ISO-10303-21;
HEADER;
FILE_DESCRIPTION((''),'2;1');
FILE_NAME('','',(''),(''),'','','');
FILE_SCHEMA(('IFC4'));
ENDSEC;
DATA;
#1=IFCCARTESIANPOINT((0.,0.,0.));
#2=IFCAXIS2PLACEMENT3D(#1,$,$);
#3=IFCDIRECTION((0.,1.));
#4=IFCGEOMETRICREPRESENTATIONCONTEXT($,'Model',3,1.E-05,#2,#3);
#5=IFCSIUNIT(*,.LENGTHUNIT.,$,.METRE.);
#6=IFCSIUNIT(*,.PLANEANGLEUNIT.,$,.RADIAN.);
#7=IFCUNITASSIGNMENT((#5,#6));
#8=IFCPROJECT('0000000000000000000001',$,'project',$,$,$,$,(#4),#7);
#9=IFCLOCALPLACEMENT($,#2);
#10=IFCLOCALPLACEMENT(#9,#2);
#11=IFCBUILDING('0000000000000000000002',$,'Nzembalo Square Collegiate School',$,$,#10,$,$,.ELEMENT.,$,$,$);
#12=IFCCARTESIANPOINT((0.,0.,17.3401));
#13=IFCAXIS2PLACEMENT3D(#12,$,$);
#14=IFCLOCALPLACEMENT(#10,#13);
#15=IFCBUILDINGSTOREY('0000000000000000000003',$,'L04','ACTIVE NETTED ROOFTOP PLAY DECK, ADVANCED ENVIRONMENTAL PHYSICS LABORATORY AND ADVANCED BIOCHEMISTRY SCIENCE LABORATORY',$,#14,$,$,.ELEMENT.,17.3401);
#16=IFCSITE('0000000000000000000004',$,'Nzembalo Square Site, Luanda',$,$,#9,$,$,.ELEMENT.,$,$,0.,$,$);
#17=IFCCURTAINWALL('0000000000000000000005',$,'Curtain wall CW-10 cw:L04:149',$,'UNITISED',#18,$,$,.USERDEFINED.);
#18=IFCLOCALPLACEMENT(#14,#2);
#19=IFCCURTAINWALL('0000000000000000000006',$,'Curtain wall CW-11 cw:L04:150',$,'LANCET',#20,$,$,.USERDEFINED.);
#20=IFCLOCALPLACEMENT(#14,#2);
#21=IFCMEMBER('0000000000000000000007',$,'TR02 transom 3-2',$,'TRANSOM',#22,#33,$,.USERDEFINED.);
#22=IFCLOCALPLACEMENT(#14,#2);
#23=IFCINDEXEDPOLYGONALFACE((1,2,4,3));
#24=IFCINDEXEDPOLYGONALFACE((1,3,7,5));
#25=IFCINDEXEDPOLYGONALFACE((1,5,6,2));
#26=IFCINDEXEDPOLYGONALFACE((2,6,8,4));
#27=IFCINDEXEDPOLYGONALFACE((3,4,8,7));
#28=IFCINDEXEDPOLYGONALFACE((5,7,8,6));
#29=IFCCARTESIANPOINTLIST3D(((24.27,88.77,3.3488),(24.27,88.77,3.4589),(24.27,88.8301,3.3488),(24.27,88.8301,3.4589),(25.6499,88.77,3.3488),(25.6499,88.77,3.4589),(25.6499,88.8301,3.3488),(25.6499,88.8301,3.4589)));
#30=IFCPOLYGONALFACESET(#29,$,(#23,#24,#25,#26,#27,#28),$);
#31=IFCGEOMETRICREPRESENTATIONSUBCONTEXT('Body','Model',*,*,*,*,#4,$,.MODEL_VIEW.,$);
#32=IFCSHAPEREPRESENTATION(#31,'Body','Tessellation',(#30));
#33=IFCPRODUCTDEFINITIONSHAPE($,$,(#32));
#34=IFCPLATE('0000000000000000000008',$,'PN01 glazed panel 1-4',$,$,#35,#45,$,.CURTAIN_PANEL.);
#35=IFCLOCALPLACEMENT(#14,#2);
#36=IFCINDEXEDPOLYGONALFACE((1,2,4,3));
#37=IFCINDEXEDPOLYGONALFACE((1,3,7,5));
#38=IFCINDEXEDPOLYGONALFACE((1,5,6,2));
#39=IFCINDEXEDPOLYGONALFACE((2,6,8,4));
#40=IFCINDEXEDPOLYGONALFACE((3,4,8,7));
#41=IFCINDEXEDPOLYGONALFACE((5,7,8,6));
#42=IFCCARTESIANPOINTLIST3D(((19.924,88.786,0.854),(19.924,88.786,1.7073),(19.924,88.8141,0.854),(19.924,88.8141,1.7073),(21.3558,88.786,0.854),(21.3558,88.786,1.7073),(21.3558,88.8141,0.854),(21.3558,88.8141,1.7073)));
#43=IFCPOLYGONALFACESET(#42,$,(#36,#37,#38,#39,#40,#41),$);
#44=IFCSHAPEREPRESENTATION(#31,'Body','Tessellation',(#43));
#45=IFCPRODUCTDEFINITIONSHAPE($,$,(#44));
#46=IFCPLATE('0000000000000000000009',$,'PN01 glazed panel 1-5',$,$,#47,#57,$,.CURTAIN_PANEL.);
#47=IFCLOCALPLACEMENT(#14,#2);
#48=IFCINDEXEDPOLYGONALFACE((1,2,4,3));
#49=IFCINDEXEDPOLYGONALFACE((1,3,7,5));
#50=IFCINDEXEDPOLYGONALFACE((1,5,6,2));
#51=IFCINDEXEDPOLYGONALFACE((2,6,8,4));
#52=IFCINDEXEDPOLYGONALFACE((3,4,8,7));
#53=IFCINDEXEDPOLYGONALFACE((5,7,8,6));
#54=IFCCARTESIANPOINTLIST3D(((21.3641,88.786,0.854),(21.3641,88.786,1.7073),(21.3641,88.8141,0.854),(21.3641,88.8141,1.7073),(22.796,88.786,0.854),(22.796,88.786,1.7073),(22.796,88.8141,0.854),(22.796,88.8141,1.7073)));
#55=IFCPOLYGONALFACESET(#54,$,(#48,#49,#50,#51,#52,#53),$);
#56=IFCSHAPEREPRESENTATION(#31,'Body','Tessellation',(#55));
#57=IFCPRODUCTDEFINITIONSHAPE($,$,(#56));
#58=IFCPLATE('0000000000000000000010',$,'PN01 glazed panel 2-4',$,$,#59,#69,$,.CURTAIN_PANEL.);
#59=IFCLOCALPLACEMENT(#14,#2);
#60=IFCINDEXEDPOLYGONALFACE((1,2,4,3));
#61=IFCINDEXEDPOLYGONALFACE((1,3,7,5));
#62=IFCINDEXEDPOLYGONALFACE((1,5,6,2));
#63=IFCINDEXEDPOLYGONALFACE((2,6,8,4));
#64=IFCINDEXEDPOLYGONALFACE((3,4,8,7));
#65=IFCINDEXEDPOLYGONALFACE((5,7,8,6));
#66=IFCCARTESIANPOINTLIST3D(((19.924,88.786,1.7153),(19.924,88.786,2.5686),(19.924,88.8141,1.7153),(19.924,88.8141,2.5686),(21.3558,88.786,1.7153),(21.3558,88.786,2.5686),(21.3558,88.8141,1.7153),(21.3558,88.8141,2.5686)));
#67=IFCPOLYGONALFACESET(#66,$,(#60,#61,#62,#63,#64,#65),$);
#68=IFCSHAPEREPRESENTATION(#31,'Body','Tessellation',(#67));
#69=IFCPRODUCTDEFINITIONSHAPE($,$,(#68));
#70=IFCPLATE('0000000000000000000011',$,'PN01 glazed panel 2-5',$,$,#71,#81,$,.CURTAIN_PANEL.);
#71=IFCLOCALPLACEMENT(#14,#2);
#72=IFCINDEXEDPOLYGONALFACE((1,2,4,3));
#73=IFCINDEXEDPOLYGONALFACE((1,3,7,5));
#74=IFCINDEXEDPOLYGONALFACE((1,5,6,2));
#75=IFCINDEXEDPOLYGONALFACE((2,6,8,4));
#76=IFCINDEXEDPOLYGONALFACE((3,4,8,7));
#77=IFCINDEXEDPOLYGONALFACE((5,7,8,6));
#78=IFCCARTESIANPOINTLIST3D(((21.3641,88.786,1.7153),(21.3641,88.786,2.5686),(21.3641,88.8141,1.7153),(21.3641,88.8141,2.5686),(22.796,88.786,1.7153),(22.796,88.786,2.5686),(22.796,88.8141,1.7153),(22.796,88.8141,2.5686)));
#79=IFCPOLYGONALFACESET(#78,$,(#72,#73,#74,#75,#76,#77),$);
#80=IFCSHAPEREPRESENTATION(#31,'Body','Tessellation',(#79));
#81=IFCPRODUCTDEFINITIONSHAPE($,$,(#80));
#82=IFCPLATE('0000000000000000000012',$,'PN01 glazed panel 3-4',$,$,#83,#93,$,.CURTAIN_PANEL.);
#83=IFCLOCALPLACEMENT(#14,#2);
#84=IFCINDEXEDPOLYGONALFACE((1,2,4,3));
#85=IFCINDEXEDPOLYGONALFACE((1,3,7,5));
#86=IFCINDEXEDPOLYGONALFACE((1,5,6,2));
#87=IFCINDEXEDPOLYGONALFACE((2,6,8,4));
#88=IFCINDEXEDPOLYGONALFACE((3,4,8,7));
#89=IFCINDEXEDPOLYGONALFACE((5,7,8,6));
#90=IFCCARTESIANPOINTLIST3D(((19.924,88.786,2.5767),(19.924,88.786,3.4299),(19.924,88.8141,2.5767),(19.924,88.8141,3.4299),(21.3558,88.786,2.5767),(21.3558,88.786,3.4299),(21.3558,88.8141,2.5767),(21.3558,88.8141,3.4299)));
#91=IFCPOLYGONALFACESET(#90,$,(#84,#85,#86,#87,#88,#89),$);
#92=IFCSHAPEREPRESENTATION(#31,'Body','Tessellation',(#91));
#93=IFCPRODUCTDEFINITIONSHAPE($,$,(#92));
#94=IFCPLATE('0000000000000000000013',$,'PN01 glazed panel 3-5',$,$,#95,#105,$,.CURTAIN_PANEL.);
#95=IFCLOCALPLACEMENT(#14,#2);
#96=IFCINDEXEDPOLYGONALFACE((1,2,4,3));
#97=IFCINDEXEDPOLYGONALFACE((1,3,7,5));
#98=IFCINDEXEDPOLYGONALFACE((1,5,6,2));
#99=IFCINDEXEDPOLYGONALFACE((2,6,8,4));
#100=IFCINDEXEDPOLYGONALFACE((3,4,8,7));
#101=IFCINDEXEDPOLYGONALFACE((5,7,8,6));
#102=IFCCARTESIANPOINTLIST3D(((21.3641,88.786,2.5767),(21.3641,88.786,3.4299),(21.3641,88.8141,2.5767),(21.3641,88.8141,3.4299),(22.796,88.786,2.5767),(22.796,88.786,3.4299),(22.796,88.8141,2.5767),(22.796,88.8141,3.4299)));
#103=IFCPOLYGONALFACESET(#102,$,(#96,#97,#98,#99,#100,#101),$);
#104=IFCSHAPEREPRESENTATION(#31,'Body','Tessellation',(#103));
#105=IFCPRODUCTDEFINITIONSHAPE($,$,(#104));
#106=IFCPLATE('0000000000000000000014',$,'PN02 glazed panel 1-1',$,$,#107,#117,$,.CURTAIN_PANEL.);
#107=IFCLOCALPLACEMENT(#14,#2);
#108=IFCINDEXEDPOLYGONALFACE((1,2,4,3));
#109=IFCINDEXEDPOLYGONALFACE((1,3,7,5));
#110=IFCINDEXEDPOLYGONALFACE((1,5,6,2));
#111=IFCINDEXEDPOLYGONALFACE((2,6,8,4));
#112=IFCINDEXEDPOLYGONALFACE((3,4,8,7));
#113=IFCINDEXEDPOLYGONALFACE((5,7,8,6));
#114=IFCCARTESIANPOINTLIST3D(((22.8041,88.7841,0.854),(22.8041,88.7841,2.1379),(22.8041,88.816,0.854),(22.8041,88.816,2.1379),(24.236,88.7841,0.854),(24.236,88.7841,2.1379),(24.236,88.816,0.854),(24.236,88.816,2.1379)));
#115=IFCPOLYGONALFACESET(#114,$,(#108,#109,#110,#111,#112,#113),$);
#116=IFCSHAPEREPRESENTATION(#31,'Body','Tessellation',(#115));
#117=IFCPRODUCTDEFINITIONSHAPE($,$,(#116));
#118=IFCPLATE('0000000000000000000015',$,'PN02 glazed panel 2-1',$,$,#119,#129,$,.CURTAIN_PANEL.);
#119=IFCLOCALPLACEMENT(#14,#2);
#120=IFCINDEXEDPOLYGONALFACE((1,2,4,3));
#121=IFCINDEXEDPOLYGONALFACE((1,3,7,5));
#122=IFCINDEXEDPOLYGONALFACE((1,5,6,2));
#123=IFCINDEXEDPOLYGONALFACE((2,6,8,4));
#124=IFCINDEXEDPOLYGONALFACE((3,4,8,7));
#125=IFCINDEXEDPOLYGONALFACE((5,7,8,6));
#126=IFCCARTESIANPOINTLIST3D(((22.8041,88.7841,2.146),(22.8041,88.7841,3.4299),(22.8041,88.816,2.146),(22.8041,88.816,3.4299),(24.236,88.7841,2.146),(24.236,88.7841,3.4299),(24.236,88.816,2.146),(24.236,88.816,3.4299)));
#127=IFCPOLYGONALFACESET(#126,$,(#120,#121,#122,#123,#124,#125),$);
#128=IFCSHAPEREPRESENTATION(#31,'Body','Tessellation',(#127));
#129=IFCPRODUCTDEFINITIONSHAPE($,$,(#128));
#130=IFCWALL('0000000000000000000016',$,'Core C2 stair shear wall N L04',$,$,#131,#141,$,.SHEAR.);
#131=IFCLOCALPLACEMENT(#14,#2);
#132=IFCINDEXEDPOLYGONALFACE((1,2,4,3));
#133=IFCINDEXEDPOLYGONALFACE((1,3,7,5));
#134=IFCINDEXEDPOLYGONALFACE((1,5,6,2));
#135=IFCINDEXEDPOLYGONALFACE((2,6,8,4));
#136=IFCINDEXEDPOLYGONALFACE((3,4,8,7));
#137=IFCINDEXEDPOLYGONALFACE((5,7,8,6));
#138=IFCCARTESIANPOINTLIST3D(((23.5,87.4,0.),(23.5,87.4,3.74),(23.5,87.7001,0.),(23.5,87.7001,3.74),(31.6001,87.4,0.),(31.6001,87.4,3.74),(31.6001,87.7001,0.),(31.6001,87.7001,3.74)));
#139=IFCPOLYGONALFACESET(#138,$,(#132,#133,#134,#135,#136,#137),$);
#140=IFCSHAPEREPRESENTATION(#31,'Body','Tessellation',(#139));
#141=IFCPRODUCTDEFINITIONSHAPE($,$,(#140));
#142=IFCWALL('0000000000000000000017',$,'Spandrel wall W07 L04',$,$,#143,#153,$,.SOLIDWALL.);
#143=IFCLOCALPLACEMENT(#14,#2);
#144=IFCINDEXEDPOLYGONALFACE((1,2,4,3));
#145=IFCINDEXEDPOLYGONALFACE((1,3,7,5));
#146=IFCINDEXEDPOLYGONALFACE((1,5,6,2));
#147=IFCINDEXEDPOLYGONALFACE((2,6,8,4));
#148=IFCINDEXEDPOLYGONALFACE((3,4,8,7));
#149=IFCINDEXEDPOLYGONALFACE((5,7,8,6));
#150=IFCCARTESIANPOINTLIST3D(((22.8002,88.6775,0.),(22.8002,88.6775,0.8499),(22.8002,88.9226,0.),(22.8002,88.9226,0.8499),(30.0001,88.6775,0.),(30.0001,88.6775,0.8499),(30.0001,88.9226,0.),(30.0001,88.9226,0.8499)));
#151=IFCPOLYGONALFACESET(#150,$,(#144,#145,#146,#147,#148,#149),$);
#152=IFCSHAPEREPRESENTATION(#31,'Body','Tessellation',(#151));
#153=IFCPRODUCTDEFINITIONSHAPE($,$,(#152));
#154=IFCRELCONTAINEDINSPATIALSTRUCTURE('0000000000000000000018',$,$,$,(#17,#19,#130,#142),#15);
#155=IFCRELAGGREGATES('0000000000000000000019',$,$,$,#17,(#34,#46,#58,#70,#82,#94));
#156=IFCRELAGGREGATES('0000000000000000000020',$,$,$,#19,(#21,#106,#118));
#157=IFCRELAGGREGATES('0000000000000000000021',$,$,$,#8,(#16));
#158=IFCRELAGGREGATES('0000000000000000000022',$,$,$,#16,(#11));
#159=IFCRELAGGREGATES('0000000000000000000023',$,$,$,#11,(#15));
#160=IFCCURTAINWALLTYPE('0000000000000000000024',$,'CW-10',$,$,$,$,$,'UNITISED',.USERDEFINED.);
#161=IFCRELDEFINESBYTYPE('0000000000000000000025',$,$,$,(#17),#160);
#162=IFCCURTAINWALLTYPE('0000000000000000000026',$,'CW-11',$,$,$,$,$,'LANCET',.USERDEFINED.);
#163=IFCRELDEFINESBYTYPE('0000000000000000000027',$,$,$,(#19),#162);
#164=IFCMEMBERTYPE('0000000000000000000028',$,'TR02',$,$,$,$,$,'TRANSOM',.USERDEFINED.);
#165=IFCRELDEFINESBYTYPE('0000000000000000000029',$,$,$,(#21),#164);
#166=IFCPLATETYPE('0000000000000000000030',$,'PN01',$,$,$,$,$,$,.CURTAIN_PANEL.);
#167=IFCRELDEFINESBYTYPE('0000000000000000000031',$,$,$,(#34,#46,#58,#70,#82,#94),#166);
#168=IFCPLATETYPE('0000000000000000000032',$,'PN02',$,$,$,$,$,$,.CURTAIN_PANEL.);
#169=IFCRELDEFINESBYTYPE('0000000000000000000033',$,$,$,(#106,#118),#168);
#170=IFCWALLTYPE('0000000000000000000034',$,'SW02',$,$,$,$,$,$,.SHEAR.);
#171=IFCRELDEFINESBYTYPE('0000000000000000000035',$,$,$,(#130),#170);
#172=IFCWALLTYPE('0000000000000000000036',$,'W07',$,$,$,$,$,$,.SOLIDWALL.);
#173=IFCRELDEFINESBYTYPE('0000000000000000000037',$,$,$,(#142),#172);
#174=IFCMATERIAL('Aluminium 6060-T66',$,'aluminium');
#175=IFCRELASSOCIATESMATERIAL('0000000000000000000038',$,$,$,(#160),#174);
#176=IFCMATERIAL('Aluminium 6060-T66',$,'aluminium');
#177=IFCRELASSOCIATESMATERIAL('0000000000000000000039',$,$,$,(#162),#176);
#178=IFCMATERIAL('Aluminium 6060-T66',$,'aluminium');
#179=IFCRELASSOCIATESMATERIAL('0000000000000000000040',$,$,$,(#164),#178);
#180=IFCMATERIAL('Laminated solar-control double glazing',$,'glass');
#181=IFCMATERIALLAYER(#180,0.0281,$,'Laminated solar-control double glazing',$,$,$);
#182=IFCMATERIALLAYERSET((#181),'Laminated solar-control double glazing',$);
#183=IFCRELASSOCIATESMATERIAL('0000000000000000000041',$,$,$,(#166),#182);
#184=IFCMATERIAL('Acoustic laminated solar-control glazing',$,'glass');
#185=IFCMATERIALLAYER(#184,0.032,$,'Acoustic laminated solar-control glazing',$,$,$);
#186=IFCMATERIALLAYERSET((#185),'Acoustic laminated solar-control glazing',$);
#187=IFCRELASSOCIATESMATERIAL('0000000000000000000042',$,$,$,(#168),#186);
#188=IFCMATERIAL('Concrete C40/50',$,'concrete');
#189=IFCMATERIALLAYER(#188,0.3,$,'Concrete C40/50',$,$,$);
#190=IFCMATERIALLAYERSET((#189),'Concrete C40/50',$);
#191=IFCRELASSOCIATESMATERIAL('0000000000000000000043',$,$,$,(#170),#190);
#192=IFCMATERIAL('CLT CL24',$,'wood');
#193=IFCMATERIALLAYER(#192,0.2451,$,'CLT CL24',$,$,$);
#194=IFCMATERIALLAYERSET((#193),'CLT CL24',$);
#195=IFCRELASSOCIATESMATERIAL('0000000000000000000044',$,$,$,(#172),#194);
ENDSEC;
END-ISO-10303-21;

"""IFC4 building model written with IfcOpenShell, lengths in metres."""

from ifc_helpers import new_model, si_unit, direction, frame, frame_2d, origin, origin_2d, place, context, subcontext, project, spatial, rectangle, extrude, material, layer, layer_set, material_profile, profile_set, type_object, element, aggregate, save


model = new_model("IFC4")

# Units and contexts
model_context = context("Model", 3, precision=1e-05, world=origin(), true_north=direction((0.0, 1.0)))
body_context = subcontext(model_context, "Body", "Model", "MODEL_VIEW")
ifc_project = project(units=[si_unit("LENGTHUNIT", "METRE"), si_unit("PLANEANGLEUNIT", "RADIAN")], contexts=[model_context])

# Site, building, storey
site_placement = place(None, origin())
site = spatial("IfcSite", under=ifc_project, at=site_placement, Name="Nzembalo Square Site, Luanda", CompositionType="ELEMENT", RefElevation=0.0)
building_placement = place(site_placement, origin())
building = spatial("IfcBuilding", under=site, at=building_placement, Name="Nzembalo Square Collegiate School", CompositionType="ELEMENT")
storey_placement = place(building_placement, frame((0.0, 0.0, 17.3401)))
storey = spatial("IfcBuildingStorey", under=building, at=storey_placement, Name="L04", Description="ACTIVE NETTED ROOFTOP PLAY DECK, ADVANCED ENVIRONMENTAL PHYSICS LABORATORY AND ADVANCED BIOCHEMISTRY SCIENCE LABORATORY", CompositionType="ELEMENT", Elevation=17.3401)

# Curtain walls
ifc_material_1 = material(Name="Aluminium 6060-T66", Category="aluminium")
curtain_wall_type_1 = type_object("IfcCurtainWallType", Name="CW-10", ElementType="UNITISED", PredefinedType="USERDEFINED", material=ifc_material_1)
curtain_wall_1_placement = place(storey_placement, origin())
curtain_wall_1 = element("IfcCurtainWall", 1, at=curtain_wall_1_placement, inside=storey, type_object=curtain_wall_type_1, Name="Curtain wall CW-10 cw:L04:149", ObjectType="UNITISED", PredefinedType="USERDEFINED")
ifc_material_2 = material(Name="Aluminium 6060-T66", Category="aluminium")
curtain_wall_type_2 = type_object("IfcCurtainWallType", Name="CW-11", ElementType="LANCET", PredefinedType="USERDEFINED", material=ifc_material_2)
curtain_wall_2_placement = place(storey_placement, origin())
curtain_wall_2 = element("IfcCurtainWall", 2, at=curtain_wall_2_placement, inside=storey, type_object=curtain_wall_type_2, Name="Curtain wall CW-11 cw:L04:150", ObjectType="LANCET", PredefinedType="USERDEFINED")

# Member
ifc_material_3 = material(Name="Aluminium 6060-T66", Category="aluminium")
ifc_material_profile_1 = material_profile(ifc_material_3, rectangle(XDim=0.0601, YDim=0.1101, at=origin_2d()), Name="ALU T60x110")
ifc_profile_set_1 = profile_set([ifc_material_profile_1], Name="Aluminium 6060-T66")
member_type_1 = type_object("IfcMemberType", Name="TR02", ElementType="TRANSOM", PredefinedType="USERDEFINED", material=ifc_profile_set_1)
member_1_placement = place(storey_placement, frame((24.27, 88.8, 3.4038), z_axis=(1.0, 0.0, 0.0), x_axis=(0.0, 1.0, 0.0)))
member_1 = element("IfcMember", 3, at=member_1_placement, type_object=member_type_1, Name="TR02 transom 3-2", ObjectType="TRANSOM", PredefinedType="USERDEFINED", context=body_context, shape_type="SweptSolid", body=[
    extrude(rectangle(XDim=0.0601, YDim=0.1101, at=origin_2d()), origin(), (0.0, 0.0, 1.0), 1.3799),
])

# Plates
ifc_material_4 = material(Name="Laminated solar-control double glazing", Category="glass")
ifc_layer_1 = layer(ifc_material_4, 0.0281, Name="Laminated solar-control double glazing")
ifc_layer_set_1 = layer_set([ifc_layer_1], Name="Laminated solar-control double glazing")
plate_type_1 = type_object("IfcPlateType", Name="PN01", PredefinedType="CURTAIN_PANEL", material=ifc_layer_set_1)
plate_1_placement = place(storey_placement, frame((20.6399, 88.8, 0.854), z_axis=(0.0, 0.0, 1.0), x_axis=(1.0, 0.0, 0.0)))
plate_1 = element("IfcPlate", 4, at=plate_1_placement, type_object=plate_type_1, Name="PN01 glazed panel 1-4", PredefinedType="CURTAIN_PANEL", context=body_context, shape_type="SweptSolid", body=[
    extrude(rectangle(XDim=1.4319, YDim=0.0281, at=origin_2d()), origin(), (0.0, 0.0, 1.0), 0.8533),
])
plate_2_placement = place(storey_placement, frame((22.0801, 88.8, 0.854), z_axis=(0.0, 0.0, 1.0), x_axis=(1.0, 0.0, 0.0)))
plate_2 = element("IfcPlate", 5, at=plate_2_placement, type_object=plate_type_1, Name="PN01 glazed panel 1-5", PredefinedType="CURTAIN_PANEL", context=body_context, shape_type="SweptSolid", body=[
    extrude(rectangle(XDim=1.4319, YDim=0.0281, at=origin_2d()), origin(), (0.0, 0.0, 1.0), 0.8533),
])
plate_3_placement = place(storey_placement, frame((20.6399, 88.8, 1.7153), z_axis=(0.0, 0.0, 1.0), x_axis=(1.0, 0.0, 0.0)))
plate_3 = element("IfcPlate", 6, at=plate_3_placement, type_object=plate_type_1, Name="PN01 glazed panel 2-4", PredefinedType="CURTAIN_PANEL", context=body_context, shape_type="SweptSolid", body=[
    extrude(rectangle(XDim=1.4319, YDim=0.0281, at=origin_2d()), origin(), (0.0, 0.0, 1.0), 0.8533),
])
plate_4_placement = place(storey_placement, frame((22.0801, 88.8, 1.7153), z_axis=(0.0, 0.0, 1.0), x_axis=(1.0, 0.0, 0.0)))
plate_4 = element("IfcPlate", 7, at=plate_4_placement, type_object=plate_type_1, Name="PN01 glazed panel 2-5", PredefinedType="CURTAIN_PANEL", context=body_context, shape_type="SweptSolid", body=[
    extrude(rectangle(XDim=1.4319, YDim=0.0281, at=origin_2d()), origin(), (0.0, 0.0, 1.0), 0.8533),
])
plate_5_placement = place(storey_placement, frame((20.6399, 88.8, 2.5767), z_axis=(0.0, 0.0, 1.0), x_axis=(1.0, 0.0, 0.0)))
plate_5 = element("IfcPlate", 8, at=plate_5_placement, type_object=plate_type_1, Name="PN01 glazed panel 3-4", PredefinedType="CURTAIN_PANEL", context=body_context, shape_type="SweptSolid", body=[
    extrude(rectangle(XDim=1.4319, YDim=0.0281, at=origin_2d()), origin(), (0.0, 0.0, 1.0), 0.8533),
])
plate_6_placement = place(storey_placement, frame((22.0801, 88.8, 2.5767), z_axis=(0.0, 0.0, 1.0), x_axis=(1.0, 0.0, 0.0)))
plate_6 = element("IfcPlate", 9, at=plate_6_placement, type_object=plate_type_1, Name="PN01 glazed panel 3-5", PredefinedType="CURTAIN_PANEL", context=body_context, shape_type="SweptSolid", body=[
    extrude(rectangle(XDim=1.4319, YDim=0.0281, at=origin_2d()), origin(), (0.0, 0.0, 1.0), 0.8533),
])
aggregate(curtain_wall_1, [plate_1, plate_2, plate_3, plate_4, plate_5, plate_6])
ifc_material_5 = material(Name="Acoustic laminated solar-control glazing", Category="glass")
ifc_layer_2 = layer(ifc_material_5, 0.032, Name="Acoustic laminated solar-control glazing")
ifc_layer_set_2 = layer_set([ifc_layer_2], Name="Acoustic laminated solar-control glazing")
plate_type_2 = type_object("IfcPlateType", Name="PN02", PredefinedType="CURTAIN_PANEL", material=ifc_layer_set_2)
plate_7_placement = place(storey_placement, frame((23.52, 88.8, 0.854), z_axis=(0.0, 0.0, 1.0), x_axis=(1.0, 0.0, 0.0)))
plate_7 = element("IfcPlate", 10, at=plate_7_placement, type_object=plate_type_2, Name="PN02 glazed panel 1-1", PredefinedType="CURTAIN_PANEL", context=body_context, shape_type="SweptSolid", body=[
    extrude(rectangle(XDim=1.4319, YDim=0.032, at=origin_2d()), origin(), (0.0, 0.0, 1.0), 1.2839),
])
plate_8_placement = place(storey_placement, frame((23.52, 88.8, 2.146), z_axis=(0.0, 0.0, 1.0), x_axis=(1.0, 0.0, 0.0)))
plate_8 = element("IfcPlate", 11, at=plate_8_placement, type_object=plate_type_2, Name="PN02 glazed panel 2-1", PredefinedType="CURTAIN_PANEL", context=body_context, shape_type="SweptSolid", body=[
    extrude(rectangle(XDim=1.4319, YDim=0.032, at=origin_2d()), origin(), (0.0, 0.0, 1.0), 1.2839),
])
aggregate(curtain_wall_2, [member_1, plate_7, plate_8])

# Walls
ifc_material_6 = material(Name="Concrete C40/50", Category="concrete")
ifc_layer_3 = layer(ifc_material_6, 0.3, Name="Concrete C40/50")
ifc_layer_set_3 = layer_set([ifc_layer_3], Name="Concrete C40/50")
wall_type_1 = type_object("IfcWallType", Name="SW02", PredefinedType="SHEAR", material=ifc_layer_set_3)
wall_1_placement = place(storey_placement, frame((23.5, 87.55, 0.0), z_axis=(0.0, 0.0, 1.0), x_axis=(1.0, 0.0, 0.0)))
element("IfcWall", 12, at=wall_1_placement, inside=storey, type_object=wall_type_1, Name="Core C2 stair shear wall N L04", PredefinedType="SHEAR", context=body_context, shape_type="SweptSolid", body=[
    extrude(rectangle(XDim=8.1001, YDim=0.3, at=frame_2d((4.05, 0.0))), origin(), (0.0, 0.0, 1.0), 3.74),
])
ifc_material_7 = material(Name="CLT CL24", Category="wood")
ifc_layer_4 = layer(ifc_material_7, 0.2451, Name="CLT CL24")
ifc_layer_set_4 = layer_set([ifc_layer_4], Name="CLT CL24")
wall_type_2 = type_object("IfcWallType", Name="W07", PredefinedType="SOLIDWALL", material=ifc_layer_set_4)
wall_2_placement = place(storey_placement, frame((22.8, 88.8, 0.0), z_axis=(0.0, 0.0, 1.0), x_axis=(1.0, 0.0, 0.0)))
element("IfcWall", 13, at=wall_2_placement, inside=storey, type_object=wall_type_2, Name="Spandrel wall W07 L04", PredefinedType="SOLIDWALL", context=body_context, shape_type="SweptSolid", body=[
    extrude(rectangle(XDim=7.2, YDim=0.2451, at=frame_2d((3.6001, 0.0))), origin(), (0.0, 0.0, 1.0), 0.8499),
])

save(model, "model.ifc")
